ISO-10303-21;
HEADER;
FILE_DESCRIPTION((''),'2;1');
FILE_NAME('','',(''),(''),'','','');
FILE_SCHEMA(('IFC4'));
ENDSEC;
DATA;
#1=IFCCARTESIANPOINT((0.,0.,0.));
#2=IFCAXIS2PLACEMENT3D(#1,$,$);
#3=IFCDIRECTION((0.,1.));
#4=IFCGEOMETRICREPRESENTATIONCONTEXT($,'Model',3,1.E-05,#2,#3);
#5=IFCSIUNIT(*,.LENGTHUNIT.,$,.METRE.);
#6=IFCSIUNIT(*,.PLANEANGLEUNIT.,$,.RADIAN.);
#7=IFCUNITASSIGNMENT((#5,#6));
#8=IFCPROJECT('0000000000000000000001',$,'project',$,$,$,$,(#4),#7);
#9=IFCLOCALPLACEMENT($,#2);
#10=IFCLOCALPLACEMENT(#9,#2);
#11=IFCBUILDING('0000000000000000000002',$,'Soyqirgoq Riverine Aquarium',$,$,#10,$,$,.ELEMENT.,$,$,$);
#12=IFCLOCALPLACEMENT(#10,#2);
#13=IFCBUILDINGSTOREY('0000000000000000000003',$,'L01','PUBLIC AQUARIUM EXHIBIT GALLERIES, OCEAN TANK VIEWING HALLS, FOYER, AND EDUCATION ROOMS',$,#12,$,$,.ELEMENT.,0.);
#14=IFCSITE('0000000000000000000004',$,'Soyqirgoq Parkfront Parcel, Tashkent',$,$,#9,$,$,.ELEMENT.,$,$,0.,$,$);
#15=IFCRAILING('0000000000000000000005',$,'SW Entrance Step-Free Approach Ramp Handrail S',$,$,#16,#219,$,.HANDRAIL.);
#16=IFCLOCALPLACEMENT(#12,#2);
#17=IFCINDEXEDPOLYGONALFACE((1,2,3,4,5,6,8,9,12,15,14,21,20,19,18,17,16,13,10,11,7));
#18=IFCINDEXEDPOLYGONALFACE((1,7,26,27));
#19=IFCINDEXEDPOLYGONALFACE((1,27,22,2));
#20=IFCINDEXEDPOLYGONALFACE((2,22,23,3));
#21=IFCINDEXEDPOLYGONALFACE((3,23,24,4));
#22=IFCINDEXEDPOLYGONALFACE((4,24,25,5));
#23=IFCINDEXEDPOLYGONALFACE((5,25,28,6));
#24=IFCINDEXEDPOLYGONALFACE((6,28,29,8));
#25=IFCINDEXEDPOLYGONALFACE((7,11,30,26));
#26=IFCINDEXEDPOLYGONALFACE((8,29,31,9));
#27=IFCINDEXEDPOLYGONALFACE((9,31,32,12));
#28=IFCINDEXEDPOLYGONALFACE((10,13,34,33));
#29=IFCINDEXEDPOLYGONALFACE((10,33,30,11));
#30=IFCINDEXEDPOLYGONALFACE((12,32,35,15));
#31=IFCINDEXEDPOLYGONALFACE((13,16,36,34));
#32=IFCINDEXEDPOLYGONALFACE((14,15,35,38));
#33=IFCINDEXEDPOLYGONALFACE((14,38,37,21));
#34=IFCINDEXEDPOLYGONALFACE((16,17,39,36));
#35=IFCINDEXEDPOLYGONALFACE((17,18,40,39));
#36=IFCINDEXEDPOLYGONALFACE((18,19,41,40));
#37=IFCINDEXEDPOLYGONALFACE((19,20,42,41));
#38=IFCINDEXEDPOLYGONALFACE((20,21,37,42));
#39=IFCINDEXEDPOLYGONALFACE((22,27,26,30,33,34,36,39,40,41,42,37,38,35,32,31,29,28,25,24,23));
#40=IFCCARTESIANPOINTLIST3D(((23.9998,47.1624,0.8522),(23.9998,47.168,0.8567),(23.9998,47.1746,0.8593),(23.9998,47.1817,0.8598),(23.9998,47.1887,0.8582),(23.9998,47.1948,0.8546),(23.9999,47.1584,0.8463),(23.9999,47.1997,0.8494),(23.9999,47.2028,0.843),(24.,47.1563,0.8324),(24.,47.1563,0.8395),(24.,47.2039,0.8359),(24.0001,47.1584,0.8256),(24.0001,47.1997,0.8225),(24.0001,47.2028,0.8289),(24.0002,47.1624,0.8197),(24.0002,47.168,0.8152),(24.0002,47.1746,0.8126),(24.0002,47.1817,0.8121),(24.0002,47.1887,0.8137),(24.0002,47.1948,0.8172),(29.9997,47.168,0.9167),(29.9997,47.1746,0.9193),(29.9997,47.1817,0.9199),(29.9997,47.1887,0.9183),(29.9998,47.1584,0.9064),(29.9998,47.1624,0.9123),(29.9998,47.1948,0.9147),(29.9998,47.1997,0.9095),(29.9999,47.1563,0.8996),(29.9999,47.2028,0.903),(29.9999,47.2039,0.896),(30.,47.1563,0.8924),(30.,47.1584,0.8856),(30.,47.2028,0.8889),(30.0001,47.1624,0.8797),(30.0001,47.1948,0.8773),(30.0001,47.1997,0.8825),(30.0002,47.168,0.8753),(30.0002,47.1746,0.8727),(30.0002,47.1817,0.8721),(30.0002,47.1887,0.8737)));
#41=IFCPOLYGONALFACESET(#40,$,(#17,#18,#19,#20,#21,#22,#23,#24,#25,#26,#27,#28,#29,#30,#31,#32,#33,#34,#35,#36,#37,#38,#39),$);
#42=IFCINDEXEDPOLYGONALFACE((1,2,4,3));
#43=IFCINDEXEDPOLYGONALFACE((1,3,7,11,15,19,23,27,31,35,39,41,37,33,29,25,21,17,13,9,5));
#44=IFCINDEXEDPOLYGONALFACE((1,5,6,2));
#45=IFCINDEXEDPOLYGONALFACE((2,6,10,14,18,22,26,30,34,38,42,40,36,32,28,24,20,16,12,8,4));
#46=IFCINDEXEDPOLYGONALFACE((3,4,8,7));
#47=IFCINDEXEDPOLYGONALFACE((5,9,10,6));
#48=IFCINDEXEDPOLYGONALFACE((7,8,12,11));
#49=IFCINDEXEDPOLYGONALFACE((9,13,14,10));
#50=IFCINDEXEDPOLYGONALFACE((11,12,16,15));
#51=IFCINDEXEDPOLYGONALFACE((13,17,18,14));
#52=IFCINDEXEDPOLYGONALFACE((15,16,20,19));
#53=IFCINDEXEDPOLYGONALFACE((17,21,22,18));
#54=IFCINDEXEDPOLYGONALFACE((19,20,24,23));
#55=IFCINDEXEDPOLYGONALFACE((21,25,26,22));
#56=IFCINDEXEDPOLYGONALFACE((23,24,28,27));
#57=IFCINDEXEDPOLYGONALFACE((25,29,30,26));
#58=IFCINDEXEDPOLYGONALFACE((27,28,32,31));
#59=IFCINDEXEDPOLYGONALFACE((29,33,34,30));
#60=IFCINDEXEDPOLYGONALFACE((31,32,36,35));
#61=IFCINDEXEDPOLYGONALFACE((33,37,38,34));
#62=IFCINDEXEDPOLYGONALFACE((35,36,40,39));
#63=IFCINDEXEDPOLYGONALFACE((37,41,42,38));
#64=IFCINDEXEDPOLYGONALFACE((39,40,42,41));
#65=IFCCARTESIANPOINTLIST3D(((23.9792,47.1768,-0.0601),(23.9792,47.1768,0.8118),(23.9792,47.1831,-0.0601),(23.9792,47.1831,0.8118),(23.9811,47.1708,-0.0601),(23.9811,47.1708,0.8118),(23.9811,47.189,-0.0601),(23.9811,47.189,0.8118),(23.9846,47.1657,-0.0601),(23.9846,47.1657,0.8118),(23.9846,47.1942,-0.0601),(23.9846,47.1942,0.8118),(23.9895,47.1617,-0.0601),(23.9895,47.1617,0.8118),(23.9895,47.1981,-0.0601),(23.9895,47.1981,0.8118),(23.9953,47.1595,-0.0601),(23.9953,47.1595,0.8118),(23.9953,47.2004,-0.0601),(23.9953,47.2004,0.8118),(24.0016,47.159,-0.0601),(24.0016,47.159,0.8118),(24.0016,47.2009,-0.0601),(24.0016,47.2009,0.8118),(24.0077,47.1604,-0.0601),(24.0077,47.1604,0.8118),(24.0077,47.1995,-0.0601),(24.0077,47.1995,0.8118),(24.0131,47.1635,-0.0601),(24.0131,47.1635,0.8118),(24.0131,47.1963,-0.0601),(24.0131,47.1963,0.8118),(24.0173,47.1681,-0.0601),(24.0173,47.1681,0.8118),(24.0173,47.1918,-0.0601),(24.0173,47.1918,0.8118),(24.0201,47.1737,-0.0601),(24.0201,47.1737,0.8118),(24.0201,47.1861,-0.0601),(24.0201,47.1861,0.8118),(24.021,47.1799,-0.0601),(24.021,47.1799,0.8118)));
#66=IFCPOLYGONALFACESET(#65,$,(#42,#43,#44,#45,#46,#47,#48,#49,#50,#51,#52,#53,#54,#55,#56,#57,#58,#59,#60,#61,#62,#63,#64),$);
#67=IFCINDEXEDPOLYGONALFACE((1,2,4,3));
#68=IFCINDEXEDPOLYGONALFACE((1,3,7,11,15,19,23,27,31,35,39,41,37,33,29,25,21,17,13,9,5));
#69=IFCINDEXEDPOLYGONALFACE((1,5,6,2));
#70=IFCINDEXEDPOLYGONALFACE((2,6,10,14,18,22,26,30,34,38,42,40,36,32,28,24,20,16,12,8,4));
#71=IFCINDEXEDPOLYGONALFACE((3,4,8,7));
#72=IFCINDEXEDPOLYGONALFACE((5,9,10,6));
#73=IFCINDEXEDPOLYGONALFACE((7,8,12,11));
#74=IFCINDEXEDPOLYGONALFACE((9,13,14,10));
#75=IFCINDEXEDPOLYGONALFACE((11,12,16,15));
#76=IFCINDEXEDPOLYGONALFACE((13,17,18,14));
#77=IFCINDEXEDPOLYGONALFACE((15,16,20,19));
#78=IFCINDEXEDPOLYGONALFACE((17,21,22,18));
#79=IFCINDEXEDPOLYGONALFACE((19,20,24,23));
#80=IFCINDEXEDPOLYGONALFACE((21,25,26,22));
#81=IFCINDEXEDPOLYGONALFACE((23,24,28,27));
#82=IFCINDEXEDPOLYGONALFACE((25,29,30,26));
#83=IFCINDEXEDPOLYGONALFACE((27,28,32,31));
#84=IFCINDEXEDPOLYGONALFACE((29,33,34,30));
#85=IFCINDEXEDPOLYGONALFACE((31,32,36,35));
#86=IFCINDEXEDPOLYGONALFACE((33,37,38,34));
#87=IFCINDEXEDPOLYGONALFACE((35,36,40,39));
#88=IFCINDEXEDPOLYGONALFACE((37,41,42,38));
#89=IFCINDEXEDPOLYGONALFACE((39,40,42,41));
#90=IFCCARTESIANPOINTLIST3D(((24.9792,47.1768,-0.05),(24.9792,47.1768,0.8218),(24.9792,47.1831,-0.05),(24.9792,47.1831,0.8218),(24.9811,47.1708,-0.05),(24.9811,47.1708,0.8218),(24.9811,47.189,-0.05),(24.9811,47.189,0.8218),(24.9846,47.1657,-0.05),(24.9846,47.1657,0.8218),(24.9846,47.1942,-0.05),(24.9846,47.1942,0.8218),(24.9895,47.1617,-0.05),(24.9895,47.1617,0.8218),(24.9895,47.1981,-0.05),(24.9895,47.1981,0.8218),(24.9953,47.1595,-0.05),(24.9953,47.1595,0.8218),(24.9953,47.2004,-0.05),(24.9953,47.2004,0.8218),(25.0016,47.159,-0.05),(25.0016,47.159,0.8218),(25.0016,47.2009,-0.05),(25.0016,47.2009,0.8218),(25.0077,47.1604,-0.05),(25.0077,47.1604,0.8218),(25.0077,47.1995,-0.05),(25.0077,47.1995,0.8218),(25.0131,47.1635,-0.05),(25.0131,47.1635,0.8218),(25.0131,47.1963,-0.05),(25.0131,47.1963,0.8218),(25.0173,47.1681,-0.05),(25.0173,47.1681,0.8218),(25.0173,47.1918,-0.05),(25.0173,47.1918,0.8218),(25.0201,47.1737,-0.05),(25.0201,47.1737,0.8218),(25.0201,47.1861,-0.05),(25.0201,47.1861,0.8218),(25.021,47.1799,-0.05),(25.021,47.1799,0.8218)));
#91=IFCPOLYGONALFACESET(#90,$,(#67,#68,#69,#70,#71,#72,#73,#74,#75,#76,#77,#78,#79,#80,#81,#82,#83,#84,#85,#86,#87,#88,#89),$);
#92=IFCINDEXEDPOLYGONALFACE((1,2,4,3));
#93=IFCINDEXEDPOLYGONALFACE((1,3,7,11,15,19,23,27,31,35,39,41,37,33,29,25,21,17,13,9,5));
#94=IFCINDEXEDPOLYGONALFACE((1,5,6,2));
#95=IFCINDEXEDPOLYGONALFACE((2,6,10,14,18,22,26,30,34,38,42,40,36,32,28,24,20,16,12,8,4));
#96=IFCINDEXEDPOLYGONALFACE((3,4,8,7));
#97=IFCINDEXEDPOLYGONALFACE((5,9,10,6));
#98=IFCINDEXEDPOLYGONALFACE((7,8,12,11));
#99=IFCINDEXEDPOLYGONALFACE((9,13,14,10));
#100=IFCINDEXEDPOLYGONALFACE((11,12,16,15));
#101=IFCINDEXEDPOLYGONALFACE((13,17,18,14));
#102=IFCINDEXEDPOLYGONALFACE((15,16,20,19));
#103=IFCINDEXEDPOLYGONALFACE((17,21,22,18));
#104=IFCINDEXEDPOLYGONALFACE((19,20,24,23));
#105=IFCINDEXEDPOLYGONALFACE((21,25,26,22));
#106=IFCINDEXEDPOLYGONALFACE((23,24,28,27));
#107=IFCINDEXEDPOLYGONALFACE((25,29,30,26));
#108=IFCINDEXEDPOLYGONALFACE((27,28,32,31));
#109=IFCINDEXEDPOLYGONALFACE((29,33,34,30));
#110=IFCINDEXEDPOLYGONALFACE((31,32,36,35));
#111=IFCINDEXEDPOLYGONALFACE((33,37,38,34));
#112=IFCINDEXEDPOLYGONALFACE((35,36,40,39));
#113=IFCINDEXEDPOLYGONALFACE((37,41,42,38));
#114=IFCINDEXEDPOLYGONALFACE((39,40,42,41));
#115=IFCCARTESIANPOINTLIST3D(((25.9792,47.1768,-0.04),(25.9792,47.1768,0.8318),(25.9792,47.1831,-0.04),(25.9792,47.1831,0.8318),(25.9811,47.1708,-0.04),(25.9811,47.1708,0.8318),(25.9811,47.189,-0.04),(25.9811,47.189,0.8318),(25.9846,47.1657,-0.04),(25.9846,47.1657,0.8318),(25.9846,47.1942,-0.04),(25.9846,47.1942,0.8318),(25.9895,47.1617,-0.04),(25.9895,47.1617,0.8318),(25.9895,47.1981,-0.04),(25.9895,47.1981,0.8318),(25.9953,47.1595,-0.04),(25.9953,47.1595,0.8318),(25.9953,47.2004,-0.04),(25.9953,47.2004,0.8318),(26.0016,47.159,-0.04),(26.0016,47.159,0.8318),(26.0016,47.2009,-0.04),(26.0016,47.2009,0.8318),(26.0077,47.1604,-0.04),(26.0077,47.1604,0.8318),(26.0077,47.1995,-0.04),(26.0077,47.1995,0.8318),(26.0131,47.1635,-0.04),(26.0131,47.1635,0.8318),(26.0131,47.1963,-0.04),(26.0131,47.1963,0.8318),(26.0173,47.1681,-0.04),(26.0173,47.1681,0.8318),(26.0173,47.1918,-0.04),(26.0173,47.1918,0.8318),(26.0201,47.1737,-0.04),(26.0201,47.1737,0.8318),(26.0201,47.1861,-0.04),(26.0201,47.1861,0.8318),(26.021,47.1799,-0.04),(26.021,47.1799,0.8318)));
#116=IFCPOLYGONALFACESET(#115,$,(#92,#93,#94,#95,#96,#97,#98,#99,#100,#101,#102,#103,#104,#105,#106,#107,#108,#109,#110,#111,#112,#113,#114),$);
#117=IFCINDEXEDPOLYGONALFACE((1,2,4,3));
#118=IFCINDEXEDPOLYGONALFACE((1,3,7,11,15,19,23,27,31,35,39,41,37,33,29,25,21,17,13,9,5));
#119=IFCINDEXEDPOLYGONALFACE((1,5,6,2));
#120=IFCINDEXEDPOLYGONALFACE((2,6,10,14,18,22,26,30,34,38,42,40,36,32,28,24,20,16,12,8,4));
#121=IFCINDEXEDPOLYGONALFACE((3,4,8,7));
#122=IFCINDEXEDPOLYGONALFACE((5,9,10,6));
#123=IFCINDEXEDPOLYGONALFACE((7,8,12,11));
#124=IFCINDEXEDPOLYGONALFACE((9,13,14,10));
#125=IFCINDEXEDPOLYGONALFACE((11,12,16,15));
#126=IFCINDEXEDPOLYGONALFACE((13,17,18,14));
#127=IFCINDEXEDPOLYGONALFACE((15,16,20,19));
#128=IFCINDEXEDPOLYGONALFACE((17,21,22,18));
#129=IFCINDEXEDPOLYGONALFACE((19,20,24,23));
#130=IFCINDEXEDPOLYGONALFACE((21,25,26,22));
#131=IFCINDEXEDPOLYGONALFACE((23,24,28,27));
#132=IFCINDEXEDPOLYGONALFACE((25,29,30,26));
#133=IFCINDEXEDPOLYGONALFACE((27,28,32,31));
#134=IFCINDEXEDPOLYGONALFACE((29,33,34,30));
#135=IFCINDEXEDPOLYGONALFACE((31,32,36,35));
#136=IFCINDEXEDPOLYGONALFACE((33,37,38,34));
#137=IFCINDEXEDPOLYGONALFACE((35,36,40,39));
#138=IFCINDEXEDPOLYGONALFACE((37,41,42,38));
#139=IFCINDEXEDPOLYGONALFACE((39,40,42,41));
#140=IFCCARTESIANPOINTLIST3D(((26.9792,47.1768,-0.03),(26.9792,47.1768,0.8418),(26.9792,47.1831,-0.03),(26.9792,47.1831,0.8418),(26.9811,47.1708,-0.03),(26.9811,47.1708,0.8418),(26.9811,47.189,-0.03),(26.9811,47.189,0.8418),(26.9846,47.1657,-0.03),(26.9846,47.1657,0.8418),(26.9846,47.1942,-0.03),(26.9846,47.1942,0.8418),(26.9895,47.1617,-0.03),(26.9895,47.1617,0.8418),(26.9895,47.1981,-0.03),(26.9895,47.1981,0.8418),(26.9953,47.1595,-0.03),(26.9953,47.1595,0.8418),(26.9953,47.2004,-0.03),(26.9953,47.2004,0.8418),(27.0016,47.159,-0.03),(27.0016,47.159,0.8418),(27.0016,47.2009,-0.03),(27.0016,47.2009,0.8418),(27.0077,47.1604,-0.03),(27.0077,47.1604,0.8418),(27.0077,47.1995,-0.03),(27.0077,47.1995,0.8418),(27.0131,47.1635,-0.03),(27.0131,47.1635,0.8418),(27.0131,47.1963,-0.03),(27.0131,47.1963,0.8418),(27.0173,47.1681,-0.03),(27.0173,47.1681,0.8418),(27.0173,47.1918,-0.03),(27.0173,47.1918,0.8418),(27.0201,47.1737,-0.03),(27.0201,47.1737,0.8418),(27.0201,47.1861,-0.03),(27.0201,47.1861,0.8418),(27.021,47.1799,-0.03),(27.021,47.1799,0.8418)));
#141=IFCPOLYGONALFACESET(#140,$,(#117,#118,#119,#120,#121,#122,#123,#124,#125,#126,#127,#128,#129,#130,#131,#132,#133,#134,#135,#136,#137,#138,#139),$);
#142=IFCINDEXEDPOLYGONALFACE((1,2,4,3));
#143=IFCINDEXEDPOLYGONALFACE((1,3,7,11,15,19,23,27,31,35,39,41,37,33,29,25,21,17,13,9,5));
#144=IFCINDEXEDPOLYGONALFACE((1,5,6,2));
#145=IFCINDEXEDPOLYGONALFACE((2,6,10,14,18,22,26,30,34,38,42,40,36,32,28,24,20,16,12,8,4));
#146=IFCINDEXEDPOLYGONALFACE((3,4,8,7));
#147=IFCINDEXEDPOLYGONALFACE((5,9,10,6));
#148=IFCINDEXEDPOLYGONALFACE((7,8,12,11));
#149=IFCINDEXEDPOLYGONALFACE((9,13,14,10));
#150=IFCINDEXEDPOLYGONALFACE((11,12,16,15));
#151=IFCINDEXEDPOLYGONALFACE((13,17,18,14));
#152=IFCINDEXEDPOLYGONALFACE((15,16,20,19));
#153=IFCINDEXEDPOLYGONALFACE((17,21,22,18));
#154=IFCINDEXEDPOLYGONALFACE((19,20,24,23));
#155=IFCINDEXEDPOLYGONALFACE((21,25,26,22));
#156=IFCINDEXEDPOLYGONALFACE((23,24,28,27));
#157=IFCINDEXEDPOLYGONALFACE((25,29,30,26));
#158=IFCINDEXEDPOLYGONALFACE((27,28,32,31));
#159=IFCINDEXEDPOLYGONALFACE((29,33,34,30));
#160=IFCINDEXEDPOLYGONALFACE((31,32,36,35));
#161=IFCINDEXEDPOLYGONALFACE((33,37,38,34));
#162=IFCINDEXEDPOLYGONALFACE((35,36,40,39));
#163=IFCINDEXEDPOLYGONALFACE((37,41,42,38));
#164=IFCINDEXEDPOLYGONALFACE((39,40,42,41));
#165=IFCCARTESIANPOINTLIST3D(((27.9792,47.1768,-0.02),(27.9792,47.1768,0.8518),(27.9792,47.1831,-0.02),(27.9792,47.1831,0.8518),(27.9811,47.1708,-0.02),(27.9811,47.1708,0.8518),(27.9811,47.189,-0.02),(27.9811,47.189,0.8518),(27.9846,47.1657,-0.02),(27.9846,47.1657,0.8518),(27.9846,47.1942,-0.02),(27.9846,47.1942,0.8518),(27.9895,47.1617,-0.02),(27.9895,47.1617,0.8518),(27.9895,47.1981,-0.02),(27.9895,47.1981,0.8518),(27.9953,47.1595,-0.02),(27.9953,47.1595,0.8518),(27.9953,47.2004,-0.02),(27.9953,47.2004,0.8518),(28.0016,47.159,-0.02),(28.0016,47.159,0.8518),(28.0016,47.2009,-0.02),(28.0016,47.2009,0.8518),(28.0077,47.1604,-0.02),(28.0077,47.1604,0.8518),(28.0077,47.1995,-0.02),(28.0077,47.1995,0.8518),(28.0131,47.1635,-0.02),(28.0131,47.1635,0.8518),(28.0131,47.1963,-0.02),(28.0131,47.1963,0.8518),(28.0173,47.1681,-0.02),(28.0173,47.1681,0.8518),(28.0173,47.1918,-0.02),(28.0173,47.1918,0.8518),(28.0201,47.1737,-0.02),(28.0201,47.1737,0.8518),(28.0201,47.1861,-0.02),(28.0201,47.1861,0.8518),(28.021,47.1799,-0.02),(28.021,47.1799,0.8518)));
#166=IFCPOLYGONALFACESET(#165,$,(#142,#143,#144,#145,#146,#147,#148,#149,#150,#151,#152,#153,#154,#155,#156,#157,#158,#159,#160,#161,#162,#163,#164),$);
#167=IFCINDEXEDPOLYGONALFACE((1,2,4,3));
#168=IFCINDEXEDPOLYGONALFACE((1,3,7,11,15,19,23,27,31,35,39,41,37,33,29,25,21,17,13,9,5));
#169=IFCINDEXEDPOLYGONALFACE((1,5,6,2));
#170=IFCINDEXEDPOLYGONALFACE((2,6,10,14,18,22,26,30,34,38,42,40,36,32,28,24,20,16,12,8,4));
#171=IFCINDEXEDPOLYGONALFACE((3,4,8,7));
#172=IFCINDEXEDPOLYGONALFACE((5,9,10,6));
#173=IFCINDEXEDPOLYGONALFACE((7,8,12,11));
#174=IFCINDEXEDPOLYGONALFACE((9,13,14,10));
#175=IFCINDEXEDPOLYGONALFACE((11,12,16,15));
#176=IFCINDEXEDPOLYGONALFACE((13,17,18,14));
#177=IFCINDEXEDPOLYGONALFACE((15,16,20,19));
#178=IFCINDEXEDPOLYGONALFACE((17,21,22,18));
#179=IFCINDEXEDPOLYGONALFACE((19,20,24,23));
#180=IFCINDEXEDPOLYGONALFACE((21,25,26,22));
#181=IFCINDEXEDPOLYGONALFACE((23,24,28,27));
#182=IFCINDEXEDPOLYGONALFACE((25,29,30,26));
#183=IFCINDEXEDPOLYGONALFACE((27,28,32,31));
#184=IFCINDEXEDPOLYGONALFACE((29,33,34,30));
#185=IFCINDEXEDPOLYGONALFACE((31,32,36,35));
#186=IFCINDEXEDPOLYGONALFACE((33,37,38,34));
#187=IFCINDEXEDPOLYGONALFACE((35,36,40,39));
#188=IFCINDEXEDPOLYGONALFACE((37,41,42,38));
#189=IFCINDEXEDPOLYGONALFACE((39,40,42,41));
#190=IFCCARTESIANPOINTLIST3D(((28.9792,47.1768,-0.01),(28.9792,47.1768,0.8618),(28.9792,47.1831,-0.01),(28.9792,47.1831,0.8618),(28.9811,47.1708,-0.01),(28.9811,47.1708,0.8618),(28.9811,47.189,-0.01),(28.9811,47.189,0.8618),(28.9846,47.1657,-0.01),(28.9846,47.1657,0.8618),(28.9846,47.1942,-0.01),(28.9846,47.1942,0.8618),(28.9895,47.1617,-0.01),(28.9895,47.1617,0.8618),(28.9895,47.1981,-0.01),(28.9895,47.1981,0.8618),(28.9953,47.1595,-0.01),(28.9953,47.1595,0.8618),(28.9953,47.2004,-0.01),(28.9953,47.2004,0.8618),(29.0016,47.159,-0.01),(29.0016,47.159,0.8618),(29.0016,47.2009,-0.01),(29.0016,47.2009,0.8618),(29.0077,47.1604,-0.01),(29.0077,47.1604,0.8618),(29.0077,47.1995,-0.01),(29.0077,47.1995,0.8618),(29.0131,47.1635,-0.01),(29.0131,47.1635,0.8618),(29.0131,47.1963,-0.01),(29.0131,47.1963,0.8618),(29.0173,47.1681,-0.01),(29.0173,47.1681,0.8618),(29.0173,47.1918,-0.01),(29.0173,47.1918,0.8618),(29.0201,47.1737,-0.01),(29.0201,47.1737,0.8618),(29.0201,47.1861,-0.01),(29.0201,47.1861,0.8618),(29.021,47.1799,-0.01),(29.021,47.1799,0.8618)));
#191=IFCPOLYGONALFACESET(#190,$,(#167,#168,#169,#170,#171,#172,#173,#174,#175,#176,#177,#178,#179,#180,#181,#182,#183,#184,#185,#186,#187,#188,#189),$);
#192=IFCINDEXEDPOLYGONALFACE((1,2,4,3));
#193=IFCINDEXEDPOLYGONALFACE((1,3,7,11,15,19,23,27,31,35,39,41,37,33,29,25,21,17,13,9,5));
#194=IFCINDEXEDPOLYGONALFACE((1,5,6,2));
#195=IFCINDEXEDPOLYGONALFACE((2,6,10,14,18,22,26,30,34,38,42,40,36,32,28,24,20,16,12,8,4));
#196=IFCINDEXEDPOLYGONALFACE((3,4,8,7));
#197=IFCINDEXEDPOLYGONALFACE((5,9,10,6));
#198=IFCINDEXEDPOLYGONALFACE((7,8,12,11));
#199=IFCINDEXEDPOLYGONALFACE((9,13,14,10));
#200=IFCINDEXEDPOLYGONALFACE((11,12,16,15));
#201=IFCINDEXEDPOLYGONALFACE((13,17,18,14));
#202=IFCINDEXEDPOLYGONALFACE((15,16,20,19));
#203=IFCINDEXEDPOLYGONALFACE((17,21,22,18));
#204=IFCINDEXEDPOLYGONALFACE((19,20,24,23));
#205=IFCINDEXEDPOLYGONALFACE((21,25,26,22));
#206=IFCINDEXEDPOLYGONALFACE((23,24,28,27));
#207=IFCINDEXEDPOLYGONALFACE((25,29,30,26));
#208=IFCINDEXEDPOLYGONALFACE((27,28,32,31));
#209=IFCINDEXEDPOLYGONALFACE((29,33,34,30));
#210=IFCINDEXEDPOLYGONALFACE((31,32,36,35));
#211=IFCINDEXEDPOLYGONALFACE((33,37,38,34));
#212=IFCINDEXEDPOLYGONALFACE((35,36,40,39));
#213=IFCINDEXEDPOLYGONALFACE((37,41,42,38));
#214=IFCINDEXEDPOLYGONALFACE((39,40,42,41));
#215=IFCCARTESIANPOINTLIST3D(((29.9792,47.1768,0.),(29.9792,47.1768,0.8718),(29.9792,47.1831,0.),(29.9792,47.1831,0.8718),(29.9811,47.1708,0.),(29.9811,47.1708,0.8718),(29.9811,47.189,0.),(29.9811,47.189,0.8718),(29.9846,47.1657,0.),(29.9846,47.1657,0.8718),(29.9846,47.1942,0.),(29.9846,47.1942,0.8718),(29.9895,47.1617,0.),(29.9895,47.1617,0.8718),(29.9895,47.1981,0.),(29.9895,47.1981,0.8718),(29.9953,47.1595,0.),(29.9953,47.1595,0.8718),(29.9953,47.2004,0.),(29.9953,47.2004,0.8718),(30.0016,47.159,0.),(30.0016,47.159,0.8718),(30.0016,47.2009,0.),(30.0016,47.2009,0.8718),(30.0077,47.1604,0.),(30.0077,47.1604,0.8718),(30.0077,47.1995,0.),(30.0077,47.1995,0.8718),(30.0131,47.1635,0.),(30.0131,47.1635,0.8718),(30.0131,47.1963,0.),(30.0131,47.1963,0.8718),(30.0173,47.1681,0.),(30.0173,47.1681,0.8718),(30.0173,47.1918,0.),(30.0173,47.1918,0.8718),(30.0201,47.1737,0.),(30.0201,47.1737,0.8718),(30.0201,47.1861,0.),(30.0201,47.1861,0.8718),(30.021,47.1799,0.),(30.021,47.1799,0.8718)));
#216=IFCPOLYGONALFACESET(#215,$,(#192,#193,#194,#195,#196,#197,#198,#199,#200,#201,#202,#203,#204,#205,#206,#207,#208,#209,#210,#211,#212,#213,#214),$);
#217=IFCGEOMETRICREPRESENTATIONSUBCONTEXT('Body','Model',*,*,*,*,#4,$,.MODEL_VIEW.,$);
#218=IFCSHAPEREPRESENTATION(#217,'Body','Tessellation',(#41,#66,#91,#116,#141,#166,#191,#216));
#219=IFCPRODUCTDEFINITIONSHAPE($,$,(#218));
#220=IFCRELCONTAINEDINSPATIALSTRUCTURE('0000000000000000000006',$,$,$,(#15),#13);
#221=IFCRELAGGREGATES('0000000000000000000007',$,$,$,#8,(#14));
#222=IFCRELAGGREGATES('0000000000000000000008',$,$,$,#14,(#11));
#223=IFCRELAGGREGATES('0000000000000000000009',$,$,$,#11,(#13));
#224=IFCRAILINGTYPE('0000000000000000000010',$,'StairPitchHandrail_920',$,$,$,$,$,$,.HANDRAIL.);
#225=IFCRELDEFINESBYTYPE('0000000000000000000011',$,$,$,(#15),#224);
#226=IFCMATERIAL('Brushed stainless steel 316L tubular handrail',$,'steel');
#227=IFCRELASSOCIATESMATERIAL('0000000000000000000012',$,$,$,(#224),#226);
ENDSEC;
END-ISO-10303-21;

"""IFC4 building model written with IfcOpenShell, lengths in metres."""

from ifc_helpers import new_model, si_unit, direction, frame, origin, origin_2d, place, context, subcontext, project, spatial, circle, extrude, material, type_object, element, save


model = new_model("IFC4")

# Units and contexts
model_context = context("Model", 3, precision=1e-05, world=origin(), true_north=direction((0.0, 1.0)))
body_context = subcontext(model_context, "Body", "Model", "MODEL_VIEW")
ifc_project = project(units=[si_unit("LENGTHUNIT", "METRE"), si_unit("PLANEANGLEUNIT", "RADIAN")], contexts=[model_context])

# Site, building, storey
site_placement = place(None, origin())
site = spatial("IfcSite", under=ifc_project, at=site_placement, Name="Soyqirgoq Parkfront Parcel, Tashkent", CompositionType="ELEMENT", RefElevation=0.0)
building_placement = place(site_placement, origin())
building = spatial("IfcBuilding", under=site, at=building_placement, Name="Soyqirgoq Riverine Aquarium", CompositionType="ELEMENT")
storey_placement = place(building_placement, origin())
storey = spatial("IfcBuildingStorey", under=building, at=storey_placement, Name="L01", Description="PUBLIC AQUARIUM EXHIBIT GALLERIES, OCEAN TANK VIEWING HALLS, FOYER, AND EDUCATION ROOMS", CompositionType="ELEMENT", Elevation=0.0)

# Railing
ifc_material_1 = material(Name="Brushed stainless steel 316L tubular handrail", Category="steel")
railing_type = type_object("IfcRailingType", Name="StairPitchHandrail_920", PredefinedType="HANDRAIL", material=ifc_material_1)
for number, where, name in (
    (1, (24.0, 47.1799, -0.0601), "SW Entrance Step-Free Approach Ramp Handrail S"),
):
    element("IfcRailing", number, at=place(storey_placement, frame(where)), inside=storey, type_object=railing_type, Name=name, PredefinedType="HANDRAIL", context=body_context, shape_type="SweptSolid", body=[
        extrude(circle(Radius=0.0239, at=origin_2d()), frame((0.0, 0.0, 0.896), z_axis=(0.99995, 0.0, 0.010009), x_axis=(0.0, 1.0, 0.0)), (0.0, 0.0, 1.0), 6.0002),
        extrude(circle(Radius=0.021, at=origin_2d()), origin(), (0.0, 0.0, 1.0), 0.8718),
        extrude(circle(Radius=0.021, at=origin_2d()), frame((1.0, 0.0, 0.01)), (0.0, 0.0, 1.0), 0.8718),
        extrude(circle(Radius=0.021, at=origin_2d()), frame((2.0, 0.0, 0.02)), (0.0, 0.0, 1.0), 0.8718),
        extrude(circle(Radius=0.021, at=origin_2d()), frame((3.0, 0.0, 0.03)), (0.0, 0.0, 1.0), 0.8718),
        extrude(circle(Radius=0.021, at=origin_2d()), frame((4.0, 0.0, 0.04)), (0.0, 0.0, 1.0), 0.8718),
        extrude(circle(Radius=0.021, at=origin_2d()), frame((5.0, 0.0, 0.05)), (0.0, 0.0, 1.0), 0.8718),
        extrude(circle(Radius=0.021, at=origin_2d()), frame((6.0, 0.0, 0.0601)), (0.0, 0.0, 1.0), 0.8718),
    ])

save(model, "model.ifc")
